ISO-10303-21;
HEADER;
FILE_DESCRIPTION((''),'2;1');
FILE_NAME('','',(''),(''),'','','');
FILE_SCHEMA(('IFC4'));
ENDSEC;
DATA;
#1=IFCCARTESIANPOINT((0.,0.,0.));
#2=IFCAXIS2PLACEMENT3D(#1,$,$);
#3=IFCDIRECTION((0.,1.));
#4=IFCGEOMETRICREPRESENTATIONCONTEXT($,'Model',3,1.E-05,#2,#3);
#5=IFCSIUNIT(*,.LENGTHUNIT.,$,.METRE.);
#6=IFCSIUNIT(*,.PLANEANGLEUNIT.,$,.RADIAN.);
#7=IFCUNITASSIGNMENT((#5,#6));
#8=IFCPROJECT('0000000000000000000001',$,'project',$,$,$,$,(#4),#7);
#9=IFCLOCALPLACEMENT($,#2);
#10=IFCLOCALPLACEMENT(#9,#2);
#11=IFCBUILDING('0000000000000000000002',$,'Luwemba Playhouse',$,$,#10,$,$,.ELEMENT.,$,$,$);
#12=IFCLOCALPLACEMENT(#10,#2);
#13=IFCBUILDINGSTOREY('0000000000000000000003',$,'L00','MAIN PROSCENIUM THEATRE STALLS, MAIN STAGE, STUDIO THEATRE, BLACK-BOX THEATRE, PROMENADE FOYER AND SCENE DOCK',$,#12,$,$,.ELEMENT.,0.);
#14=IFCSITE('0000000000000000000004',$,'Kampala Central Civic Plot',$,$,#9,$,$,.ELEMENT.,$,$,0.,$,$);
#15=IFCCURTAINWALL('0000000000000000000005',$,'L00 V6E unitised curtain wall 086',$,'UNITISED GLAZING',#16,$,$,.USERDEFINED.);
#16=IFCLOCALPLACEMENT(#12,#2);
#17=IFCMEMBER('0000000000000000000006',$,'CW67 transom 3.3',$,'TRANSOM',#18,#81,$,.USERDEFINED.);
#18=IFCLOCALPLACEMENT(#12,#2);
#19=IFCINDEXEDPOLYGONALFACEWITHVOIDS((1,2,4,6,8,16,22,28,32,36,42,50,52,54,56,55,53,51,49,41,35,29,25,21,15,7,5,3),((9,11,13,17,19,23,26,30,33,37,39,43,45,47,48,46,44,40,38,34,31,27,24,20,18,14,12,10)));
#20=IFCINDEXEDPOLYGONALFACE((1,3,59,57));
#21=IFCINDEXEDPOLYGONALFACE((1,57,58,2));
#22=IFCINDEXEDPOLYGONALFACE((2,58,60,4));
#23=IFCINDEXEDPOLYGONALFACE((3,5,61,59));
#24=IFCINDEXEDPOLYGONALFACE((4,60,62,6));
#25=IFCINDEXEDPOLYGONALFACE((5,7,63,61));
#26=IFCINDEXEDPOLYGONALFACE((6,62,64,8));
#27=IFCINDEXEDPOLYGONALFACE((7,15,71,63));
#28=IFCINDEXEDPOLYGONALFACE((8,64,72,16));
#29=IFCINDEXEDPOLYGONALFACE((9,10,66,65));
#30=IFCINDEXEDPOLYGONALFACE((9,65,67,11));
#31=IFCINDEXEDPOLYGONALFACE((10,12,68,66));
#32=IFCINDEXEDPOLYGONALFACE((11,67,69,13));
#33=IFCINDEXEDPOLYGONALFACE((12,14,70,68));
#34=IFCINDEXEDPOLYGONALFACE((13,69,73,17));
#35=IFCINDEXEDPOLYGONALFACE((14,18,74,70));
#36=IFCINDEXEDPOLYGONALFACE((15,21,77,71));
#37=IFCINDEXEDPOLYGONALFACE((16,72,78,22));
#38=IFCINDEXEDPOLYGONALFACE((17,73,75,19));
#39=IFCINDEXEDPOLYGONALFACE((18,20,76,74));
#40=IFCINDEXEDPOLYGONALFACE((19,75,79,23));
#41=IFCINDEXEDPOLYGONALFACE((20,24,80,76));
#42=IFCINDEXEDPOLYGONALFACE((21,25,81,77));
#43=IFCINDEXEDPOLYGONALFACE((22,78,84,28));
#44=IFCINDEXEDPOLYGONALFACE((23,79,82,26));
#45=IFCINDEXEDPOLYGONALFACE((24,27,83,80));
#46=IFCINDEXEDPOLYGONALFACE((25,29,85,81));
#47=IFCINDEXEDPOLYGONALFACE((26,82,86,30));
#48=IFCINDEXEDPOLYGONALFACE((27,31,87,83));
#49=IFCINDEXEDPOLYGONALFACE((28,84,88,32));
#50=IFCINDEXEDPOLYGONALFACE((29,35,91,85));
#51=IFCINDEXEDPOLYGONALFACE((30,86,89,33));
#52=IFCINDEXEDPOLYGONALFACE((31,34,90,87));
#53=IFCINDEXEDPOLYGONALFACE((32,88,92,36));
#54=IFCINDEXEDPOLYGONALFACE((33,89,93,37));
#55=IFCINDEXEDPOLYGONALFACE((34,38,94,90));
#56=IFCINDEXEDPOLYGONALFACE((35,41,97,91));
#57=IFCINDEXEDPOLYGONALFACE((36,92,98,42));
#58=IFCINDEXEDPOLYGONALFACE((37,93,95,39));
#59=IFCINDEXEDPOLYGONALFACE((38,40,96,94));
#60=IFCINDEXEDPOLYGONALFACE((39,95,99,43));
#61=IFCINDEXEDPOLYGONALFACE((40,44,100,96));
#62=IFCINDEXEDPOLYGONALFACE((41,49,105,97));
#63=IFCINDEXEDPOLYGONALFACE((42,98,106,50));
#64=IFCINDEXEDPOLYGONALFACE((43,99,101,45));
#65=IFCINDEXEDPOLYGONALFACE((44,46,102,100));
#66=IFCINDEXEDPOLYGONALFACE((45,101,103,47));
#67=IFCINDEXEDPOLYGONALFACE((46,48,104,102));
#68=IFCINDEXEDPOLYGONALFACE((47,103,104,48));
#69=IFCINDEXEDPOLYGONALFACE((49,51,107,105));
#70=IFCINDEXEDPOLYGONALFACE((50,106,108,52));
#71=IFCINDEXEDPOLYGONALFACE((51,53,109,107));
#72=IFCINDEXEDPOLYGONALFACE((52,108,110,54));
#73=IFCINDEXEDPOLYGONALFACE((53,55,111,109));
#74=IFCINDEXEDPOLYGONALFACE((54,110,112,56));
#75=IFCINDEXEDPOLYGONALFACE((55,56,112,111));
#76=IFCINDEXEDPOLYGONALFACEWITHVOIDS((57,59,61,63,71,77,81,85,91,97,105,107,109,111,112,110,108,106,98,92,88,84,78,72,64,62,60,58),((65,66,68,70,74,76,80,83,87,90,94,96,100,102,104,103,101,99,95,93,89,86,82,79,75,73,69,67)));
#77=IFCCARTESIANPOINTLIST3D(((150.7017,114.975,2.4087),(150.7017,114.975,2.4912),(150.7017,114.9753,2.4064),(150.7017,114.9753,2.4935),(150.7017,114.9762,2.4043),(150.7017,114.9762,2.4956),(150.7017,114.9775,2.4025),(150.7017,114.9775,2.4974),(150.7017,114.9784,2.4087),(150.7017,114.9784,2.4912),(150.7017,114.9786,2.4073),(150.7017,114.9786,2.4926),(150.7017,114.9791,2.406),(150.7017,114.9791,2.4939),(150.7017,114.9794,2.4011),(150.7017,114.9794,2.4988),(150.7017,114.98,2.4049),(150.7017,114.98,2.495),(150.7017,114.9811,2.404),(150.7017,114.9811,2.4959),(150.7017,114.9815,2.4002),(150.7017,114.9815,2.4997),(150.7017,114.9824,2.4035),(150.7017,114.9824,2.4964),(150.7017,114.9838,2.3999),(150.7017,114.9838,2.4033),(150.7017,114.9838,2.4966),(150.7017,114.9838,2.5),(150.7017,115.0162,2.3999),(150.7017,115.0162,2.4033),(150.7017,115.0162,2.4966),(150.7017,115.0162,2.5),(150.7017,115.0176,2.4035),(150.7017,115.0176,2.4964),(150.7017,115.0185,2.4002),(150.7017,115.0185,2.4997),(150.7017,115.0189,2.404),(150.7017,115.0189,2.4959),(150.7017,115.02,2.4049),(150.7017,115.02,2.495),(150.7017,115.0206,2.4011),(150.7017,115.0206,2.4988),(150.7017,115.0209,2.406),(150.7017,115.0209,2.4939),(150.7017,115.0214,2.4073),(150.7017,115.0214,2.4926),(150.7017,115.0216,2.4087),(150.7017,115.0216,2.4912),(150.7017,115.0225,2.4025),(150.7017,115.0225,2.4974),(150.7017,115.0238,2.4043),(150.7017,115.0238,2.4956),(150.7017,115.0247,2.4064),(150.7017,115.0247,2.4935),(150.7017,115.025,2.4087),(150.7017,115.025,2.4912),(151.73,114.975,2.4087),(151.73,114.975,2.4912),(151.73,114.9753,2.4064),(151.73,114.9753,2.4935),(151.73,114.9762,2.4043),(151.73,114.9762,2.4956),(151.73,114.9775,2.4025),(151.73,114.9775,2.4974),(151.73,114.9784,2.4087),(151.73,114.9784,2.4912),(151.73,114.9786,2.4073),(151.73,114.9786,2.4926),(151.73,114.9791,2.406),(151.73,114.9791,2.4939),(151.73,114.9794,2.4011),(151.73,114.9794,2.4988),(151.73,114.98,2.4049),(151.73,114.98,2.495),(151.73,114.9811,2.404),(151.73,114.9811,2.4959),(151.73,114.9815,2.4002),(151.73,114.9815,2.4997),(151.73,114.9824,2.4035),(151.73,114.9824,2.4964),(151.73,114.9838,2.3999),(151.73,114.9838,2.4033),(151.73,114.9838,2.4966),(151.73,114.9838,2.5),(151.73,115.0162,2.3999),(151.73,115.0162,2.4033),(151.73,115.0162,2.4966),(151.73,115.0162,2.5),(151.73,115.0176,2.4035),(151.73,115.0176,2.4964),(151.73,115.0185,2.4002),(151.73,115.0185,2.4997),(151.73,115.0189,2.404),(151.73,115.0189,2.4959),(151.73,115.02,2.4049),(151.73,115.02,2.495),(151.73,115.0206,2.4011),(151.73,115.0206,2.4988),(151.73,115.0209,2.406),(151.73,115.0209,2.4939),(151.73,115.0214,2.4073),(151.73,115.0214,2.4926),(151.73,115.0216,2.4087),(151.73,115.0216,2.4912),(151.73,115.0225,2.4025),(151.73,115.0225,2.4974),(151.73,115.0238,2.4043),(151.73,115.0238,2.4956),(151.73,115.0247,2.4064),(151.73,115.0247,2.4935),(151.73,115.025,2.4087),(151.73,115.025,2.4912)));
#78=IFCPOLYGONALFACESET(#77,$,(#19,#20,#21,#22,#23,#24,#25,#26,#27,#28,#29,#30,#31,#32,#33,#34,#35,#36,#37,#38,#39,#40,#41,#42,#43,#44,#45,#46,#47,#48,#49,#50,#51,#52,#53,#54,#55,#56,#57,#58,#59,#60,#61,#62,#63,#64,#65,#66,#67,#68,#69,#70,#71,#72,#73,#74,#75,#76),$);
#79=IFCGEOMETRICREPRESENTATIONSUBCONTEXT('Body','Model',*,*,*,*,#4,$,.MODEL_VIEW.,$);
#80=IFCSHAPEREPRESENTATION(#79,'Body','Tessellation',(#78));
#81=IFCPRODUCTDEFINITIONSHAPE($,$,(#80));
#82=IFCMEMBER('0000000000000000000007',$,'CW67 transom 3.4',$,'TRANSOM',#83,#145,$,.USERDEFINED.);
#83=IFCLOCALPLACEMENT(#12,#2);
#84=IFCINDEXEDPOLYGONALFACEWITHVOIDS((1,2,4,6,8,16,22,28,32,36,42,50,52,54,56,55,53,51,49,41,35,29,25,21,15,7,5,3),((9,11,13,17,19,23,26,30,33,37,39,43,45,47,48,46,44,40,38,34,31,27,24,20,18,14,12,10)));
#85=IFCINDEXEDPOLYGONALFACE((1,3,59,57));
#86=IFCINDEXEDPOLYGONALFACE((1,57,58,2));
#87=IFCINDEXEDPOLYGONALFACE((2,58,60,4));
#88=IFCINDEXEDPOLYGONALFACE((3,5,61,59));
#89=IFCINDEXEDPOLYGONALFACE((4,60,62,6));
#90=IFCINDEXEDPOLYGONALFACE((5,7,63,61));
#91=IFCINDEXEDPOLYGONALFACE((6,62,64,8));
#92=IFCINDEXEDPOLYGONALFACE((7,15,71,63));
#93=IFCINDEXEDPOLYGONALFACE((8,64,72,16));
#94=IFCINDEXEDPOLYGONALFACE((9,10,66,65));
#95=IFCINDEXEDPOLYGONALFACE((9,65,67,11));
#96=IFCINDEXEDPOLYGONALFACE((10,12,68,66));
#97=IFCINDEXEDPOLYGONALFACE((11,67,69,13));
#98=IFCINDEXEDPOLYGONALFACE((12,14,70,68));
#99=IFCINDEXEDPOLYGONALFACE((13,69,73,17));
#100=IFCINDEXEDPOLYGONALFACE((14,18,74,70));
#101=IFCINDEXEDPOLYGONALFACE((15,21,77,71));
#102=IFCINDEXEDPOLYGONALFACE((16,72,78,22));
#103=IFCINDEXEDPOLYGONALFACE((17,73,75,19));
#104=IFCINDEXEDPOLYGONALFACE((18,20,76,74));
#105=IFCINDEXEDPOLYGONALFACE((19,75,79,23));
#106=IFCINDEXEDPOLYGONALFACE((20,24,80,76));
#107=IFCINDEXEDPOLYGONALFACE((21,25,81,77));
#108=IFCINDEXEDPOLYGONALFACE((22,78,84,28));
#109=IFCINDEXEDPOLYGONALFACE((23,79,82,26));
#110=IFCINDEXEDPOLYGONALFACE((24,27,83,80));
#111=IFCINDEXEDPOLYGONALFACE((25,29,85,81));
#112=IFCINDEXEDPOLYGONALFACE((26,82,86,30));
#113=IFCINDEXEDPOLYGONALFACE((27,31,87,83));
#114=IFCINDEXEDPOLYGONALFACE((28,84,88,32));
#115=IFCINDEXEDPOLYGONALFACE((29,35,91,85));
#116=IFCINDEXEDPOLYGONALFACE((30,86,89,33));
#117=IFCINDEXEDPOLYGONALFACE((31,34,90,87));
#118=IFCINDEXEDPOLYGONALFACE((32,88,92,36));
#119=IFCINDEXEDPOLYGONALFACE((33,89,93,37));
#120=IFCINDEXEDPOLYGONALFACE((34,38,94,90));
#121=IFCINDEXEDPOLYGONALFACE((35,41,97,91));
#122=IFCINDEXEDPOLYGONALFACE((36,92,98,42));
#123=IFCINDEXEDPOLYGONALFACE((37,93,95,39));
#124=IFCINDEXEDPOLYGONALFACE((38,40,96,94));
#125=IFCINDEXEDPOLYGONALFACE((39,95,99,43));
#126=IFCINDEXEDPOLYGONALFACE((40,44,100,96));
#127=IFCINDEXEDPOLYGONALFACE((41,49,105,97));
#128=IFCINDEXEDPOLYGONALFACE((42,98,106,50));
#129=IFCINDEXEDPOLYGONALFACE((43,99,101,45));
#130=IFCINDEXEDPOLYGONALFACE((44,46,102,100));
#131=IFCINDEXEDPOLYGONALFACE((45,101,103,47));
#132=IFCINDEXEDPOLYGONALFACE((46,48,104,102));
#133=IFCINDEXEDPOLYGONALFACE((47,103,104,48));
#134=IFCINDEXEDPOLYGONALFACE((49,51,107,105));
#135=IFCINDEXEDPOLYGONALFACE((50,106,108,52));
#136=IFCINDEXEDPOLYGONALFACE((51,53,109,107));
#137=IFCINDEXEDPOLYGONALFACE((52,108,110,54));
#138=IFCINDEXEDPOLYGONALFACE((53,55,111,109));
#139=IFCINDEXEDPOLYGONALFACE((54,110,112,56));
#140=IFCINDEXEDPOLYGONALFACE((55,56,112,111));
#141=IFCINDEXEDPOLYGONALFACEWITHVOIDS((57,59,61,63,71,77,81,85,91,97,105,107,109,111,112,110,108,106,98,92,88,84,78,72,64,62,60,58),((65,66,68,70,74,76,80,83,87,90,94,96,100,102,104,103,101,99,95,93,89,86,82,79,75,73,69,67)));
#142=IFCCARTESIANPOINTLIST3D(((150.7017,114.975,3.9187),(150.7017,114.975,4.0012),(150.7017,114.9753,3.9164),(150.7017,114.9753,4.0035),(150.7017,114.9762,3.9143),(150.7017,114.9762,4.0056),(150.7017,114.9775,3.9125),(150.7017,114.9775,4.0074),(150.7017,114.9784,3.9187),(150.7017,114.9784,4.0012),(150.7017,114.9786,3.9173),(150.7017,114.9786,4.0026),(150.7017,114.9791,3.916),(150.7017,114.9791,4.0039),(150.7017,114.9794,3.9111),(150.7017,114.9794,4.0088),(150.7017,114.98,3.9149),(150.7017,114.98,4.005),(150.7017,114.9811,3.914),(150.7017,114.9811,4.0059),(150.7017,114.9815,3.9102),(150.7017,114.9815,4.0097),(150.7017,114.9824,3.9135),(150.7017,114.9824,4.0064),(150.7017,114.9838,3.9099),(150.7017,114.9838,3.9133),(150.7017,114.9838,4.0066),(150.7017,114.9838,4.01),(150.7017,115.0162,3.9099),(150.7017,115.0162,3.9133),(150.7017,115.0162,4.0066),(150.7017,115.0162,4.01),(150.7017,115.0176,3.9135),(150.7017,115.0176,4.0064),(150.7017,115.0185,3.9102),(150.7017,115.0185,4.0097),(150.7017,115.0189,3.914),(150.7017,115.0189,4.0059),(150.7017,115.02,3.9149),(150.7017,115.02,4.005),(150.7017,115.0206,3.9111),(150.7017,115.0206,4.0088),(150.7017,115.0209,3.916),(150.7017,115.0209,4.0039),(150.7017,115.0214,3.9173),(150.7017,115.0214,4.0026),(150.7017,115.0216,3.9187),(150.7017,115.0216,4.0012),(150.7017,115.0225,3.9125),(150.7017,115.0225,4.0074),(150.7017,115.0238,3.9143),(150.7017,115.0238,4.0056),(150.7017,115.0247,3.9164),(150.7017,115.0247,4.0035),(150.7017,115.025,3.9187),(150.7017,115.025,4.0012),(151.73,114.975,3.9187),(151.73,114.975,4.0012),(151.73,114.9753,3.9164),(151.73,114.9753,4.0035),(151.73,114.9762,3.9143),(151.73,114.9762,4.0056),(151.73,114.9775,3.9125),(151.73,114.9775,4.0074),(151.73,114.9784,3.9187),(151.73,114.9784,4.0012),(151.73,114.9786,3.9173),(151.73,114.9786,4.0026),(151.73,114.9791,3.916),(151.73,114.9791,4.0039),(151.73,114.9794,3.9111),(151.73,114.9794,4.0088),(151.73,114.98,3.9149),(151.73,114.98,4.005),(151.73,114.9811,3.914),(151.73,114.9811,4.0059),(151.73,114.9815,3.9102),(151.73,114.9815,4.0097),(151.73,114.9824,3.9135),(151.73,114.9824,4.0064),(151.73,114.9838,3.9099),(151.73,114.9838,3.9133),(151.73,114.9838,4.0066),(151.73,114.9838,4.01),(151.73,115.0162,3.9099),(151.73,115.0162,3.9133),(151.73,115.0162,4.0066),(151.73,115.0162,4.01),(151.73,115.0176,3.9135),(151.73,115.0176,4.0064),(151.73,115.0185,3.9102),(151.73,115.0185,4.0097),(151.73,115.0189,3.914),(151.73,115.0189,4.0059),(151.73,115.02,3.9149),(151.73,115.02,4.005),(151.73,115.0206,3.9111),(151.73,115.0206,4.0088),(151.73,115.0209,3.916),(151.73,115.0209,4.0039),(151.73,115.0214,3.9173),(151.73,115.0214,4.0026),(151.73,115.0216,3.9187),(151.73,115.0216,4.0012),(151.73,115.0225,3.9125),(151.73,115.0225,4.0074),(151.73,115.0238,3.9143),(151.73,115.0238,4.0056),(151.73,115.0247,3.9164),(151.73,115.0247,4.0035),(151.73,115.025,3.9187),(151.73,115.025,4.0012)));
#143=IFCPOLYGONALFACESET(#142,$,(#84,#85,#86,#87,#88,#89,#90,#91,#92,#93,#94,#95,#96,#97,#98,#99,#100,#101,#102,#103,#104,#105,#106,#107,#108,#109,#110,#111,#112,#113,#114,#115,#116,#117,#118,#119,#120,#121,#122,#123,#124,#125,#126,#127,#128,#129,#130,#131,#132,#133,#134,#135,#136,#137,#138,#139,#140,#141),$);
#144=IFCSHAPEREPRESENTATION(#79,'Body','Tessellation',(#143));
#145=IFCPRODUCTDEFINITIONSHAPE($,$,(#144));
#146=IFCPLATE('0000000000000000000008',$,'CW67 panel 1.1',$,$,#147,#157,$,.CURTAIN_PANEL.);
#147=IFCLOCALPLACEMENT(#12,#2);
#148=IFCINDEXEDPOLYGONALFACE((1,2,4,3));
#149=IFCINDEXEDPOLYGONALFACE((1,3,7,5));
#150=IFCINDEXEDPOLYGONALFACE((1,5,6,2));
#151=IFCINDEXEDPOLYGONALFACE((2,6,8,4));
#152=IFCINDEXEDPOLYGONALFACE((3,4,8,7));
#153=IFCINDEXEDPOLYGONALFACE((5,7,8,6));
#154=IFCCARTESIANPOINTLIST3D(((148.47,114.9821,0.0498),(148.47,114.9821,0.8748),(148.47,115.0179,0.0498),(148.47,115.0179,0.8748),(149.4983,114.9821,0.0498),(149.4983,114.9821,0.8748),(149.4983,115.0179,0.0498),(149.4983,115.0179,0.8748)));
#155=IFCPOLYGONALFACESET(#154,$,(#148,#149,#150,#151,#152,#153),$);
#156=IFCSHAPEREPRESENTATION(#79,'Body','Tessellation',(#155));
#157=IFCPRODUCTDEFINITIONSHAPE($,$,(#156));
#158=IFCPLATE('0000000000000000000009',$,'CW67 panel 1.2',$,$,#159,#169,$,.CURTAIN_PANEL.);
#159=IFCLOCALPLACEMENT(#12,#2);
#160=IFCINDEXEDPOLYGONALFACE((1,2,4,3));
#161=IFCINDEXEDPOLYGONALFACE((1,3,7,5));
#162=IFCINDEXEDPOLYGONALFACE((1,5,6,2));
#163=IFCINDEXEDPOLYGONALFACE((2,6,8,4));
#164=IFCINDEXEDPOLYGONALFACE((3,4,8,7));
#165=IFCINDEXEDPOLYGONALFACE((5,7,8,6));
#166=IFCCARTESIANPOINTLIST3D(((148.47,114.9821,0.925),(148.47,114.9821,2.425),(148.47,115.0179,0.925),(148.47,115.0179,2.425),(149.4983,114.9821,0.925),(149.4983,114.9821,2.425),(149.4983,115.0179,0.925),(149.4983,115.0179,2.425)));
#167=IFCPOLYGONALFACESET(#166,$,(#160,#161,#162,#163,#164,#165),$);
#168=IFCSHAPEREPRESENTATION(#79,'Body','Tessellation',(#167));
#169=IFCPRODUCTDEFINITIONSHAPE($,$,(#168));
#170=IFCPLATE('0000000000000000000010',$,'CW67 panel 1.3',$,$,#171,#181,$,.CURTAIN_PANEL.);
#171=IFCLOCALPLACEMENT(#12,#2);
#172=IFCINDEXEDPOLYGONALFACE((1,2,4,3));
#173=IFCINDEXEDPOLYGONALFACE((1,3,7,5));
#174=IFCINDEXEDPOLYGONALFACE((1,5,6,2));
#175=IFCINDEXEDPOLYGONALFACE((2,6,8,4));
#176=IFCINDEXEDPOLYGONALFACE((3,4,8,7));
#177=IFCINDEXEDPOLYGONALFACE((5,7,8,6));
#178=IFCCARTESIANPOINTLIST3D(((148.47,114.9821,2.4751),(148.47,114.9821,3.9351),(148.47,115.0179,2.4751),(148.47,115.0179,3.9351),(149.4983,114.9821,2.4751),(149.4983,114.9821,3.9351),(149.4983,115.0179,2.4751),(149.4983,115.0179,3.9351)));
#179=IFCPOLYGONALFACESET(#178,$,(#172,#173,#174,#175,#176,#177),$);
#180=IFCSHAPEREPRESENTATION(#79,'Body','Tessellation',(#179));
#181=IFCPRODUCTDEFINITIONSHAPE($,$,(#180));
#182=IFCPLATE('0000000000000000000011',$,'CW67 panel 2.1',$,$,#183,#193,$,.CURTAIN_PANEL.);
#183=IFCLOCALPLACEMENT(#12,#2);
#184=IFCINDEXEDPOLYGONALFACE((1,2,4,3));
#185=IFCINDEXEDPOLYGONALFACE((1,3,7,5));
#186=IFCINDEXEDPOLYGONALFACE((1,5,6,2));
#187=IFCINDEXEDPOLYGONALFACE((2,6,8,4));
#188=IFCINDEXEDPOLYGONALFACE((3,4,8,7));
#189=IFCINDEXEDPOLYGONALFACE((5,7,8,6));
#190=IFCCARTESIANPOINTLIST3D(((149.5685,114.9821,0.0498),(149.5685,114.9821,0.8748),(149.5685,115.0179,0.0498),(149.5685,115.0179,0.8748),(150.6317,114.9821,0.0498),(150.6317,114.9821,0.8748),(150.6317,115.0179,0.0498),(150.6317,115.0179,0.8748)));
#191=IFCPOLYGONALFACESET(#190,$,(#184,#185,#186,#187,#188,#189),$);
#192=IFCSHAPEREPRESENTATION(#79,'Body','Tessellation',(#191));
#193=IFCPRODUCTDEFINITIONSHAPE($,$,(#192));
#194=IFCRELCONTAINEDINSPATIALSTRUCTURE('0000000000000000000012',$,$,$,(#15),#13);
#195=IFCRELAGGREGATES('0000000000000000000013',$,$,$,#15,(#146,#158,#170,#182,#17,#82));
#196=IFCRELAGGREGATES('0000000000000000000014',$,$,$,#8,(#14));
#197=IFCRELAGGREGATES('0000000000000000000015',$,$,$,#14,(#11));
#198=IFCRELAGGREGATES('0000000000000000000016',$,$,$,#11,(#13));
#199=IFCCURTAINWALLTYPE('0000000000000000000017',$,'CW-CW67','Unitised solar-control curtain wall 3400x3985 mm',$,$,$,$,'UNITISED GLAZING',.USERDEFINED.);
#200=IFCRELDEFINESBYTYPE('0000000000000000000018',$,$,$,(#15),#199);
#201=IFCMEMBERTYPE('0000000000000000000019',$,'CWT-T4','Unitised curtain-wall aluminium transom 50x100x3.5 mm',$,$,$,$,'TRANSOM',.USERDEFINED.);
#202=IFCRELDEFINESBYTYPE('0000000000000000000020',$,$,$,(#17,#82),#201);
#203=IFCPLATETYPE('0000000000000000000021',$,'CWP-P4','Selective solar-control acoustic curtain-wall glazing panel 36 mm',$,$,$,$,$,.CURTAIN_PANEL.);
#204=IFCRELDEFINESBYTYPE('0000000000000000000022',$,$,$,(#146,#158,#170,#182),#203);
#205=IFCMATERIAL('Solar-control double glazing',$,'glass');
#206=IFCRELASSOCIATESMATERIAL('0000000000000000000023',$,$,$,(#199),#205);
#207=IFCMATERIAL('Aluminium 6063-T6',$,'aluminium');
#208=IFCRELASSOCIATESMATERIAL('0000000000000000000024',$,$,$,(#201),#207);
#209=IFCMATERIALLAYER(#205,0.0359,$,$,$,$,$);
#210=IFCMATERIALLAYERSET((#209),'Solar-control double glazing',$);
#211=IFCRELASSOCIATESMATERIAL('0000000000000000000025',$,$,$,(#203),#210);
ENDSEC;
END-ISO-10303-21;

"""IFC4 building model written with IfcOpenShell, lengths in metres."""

from ifc_helpers import new_model, si_unit, direction, frame, origin, origin_2d, place, context, subcontext, project, spatial, rectangle, hollow_rectangle, extrude, material, layer, layer_set, material_profile, profile_set, type_object, element, aggregate, save


model = new_model("IFC4")

# Units and contexts
model_context = context("Model", 3, precision=1e-05, world=origin(), true_north=direction((0.0, 1.0)))
body_context = subcontext(model_context, "Body", "Model", "MODEL_VIEW")
ifc_project = project(units=[si_unit("LENGTHUNIT", "METRE"), si_unit("PLANEANGLEUNIT", "RADIAN")], contexts=[model_context])

# Site, building, storey
site_placement = place(None, origin())
site = spatial("IfcSite", under=ifc_project, at=site_placement, Name="Kampala Central Civic Plot", CompositionType="ELEMENT", RefElevation=0.0)
building_placement = place(site_placement, origin())
building = spatial("IfcBuilding", under=site, at=building_placement, Name="Luwemba Playhouse", CompositionType="ELEMENT")
storey_placement = place(building_placement, origin())
storey = spatial("IfcBuildingStorey", under=building, at=storey_placement, Name="L00", Description="MAIN PROSCENIUM THEATRE STALLS, MAIN STAGE, STUDIO THEATRE, BLACK-BOX THEATRE, PROMENADE FOYER AND SCENE DOCK", CompositionType="ELEMENT", Elevation=0.0)

# Shared definitions
ifc_material_1 = material(Name="Solar-control double glazing", Category="glass")
ifc_material_2 = material(Name="Aluminium 6063-T6", Category="aluminium")

# Curtain wall, members, plates
curtain_wall_type_1 = type_object("IfcCurtainWallType", Name="CW-CW67", Description="Unitised solar-control curtain wall 3400x3985 mm", ElementType="UNITISED GLAZING", PredefinedType="USERDEFINED", material=ifc_material_1)
curtain_wall_1_placement = place(storey_placement, origin())
curtain_wall_1 = element("IfcCurtainWall", 1, at=curtain_wall_1_placement, inside=storey, type_object=curtain_wall_type_1, Name="L00 V6E unitised curtain wall 086", ObjectType="UNITISED GLAZING", PredefinedType="USERDEFINED")
ifc_material_profile_1 = material_profile(ifc_material_2, hollow_rectangle(XDim=0.05, YDim=0.1001, WallThickness=0.0034, InnerFilletRadius=0.0054, OuterFilletRadius=0.0088, at=origin_2d()))
ifc_profile_set_1 = profile_set([ifc_material_profile_1], Name="Aluminium 6063-T6")
member_type_1 = type_object("IfcMemberType", Name="CWT-T4", Description="Unitised curtain-wall aluminium transom 50x100x3.5 mm", ElementType="TRANSOM", PredefinedType="USERDEFINED", material=ifc_profile_set_1)
member_1_placement = place(storey_placement, frame((150.7017, 115.0, 2.45), z_axis=(1.0, 0.0, 0.0), x_axis=(0.0, 1.0, 0.0)))
member_1 = element("IfcMember", 2, at=member_1_placement, type_object=member_type_1, Name="CW67 transom 3.3", ObjectType="TRANSOM", PredefinedType="USERDEFINED", context=body_context, shape_type="SweptSolid", body=[
    extrude(hollow_rectangle(XDim=0.05, YDim=0.1001, WallThickness=0.0034, InnerFilletRadius=0.0054, OuterFilletRadius=0.0088, at=origin_2d()), origin(), (0.0, 0.0, 1.0), 1.0283),
])
member_2_placement = place(storey_placement, frame((150.7017, 115.0, 3.96), z_axis=(1.0, 0.0, 0.0), x_axis=(0.0, 1.0, 0.0)))
member_2 = element("IfcMember", 3, at=member_2_placement, type_object=member_type_1, Name="CW67 transom 3.4", ObjectType="TRANSOM", PredefinedType="USERDEFINED", context=body_context, shape_type="SweptSolid", body=[
    extrude(hollow_rectangle(XDim=0.05, YDim=0.1001, WallThickness=0.0034, InnerFilletRadius=0.0054, OuterFilletRadius=0.0088, at=origin_2d()), origin(), (0.0, 0.0, 1.0), 1.0283),
])
ifc_layer_1 = layer(ifc_material_1, 0.0359)
ifc_layer_set_1 = layer_set([ifc_layer_1], Name="Solar-control double glazing")
plate_type = type_object("IfcPlateType", Name="CWP-P4", Description="Selective solar-control acoustic curtain-wall glazing panel 36 mm", PredefinedType="CURTAIN_PANEL", material=ifc_layer_set_1)
plate_1_placement = place(storey_placement, frame((148.9841, 115.0, 0.0498), z_axis=(0.0, 0.0, 1.0), x_axis=(1.0, 0.0, 0.0)))
plate_1 = element("IfcPlate", 4, at=plate_1_placement, type_object=plate_type, Name="CW67 panel 1.1", PredefinedType="CURTAIN_PANEL", context=body_context, shape_type="SweptSolid", body=[
    extrude(rectangle(XDim=1.0283, YDim=0.0359, at=origin_2d()), origin(), (0.0, 0.0, 1.0), 0.825),
])
plate_2_placement = place(storey_placement, frame((148.9841, 115.0, 0.925), z_axis=(0.0, 0.0, 1.0), x_axis=(1.0, 0.0, 0.0)))
plate_2 = element("IfcPlate", 5, at=plate_2_placement, type_object=plate_type, Name="CW67 panel 1.2", PredefinedType="CURTAIN_PANEL", context=body_context, shape_type="SweptSolid", body=[
    extrude(rectangle(XDim=1.0283, YDim=0.0359, at=origin_2d()), origin(), (0.0, 0.0, 1.0), 1.5),
])
plate_3_placement = place(storey_placement, frame((148.9841, 115.0, 2.4751), z_axis=(0.0, 0.0, 1.0), x_axis=(1.0, 0.0, 0.0)))
plate_3 = element("IfcPlate", 6, at=plate_3_placement, type_object=plate_type, Name="CW67 panel 1.3", PredefinedType="CURTAIN_PANEL", context=body_context, shape_type="SweptSolid", body=[
    extrude(rectangle(XDim=1.0283, YDim=0.0359, at=origin_2d()), origin(), (0.0, 0.0, 1.0), 1.46),
])
plate_4_placement = place(storey_placement, frame((150.1001, 115.0, 0.0498), z_axis=(0.0, 0.0, 1.0), x_axis=(1.0, 0.0, 0.0)))
plate_4 = element("IfcPlate", 7, at=plate_4_placement, type_object=plate_type, Name="CW67 panel 2.1", PredefinedType="CURTAIN_PANEL", context=body_context, shape_type="SweptSolid", body=[
    extrude(rectangle(XDim=1.0632, YDim=0.0359, at=origin_2d()), origin(), (0.0, 0.0, 1.0), 0.825),
])
aggregate(curtain_wall_1, [plate_1, plate_2, plate_3, plate_4, member_1, member_2])

save(model, "model.ifc")
